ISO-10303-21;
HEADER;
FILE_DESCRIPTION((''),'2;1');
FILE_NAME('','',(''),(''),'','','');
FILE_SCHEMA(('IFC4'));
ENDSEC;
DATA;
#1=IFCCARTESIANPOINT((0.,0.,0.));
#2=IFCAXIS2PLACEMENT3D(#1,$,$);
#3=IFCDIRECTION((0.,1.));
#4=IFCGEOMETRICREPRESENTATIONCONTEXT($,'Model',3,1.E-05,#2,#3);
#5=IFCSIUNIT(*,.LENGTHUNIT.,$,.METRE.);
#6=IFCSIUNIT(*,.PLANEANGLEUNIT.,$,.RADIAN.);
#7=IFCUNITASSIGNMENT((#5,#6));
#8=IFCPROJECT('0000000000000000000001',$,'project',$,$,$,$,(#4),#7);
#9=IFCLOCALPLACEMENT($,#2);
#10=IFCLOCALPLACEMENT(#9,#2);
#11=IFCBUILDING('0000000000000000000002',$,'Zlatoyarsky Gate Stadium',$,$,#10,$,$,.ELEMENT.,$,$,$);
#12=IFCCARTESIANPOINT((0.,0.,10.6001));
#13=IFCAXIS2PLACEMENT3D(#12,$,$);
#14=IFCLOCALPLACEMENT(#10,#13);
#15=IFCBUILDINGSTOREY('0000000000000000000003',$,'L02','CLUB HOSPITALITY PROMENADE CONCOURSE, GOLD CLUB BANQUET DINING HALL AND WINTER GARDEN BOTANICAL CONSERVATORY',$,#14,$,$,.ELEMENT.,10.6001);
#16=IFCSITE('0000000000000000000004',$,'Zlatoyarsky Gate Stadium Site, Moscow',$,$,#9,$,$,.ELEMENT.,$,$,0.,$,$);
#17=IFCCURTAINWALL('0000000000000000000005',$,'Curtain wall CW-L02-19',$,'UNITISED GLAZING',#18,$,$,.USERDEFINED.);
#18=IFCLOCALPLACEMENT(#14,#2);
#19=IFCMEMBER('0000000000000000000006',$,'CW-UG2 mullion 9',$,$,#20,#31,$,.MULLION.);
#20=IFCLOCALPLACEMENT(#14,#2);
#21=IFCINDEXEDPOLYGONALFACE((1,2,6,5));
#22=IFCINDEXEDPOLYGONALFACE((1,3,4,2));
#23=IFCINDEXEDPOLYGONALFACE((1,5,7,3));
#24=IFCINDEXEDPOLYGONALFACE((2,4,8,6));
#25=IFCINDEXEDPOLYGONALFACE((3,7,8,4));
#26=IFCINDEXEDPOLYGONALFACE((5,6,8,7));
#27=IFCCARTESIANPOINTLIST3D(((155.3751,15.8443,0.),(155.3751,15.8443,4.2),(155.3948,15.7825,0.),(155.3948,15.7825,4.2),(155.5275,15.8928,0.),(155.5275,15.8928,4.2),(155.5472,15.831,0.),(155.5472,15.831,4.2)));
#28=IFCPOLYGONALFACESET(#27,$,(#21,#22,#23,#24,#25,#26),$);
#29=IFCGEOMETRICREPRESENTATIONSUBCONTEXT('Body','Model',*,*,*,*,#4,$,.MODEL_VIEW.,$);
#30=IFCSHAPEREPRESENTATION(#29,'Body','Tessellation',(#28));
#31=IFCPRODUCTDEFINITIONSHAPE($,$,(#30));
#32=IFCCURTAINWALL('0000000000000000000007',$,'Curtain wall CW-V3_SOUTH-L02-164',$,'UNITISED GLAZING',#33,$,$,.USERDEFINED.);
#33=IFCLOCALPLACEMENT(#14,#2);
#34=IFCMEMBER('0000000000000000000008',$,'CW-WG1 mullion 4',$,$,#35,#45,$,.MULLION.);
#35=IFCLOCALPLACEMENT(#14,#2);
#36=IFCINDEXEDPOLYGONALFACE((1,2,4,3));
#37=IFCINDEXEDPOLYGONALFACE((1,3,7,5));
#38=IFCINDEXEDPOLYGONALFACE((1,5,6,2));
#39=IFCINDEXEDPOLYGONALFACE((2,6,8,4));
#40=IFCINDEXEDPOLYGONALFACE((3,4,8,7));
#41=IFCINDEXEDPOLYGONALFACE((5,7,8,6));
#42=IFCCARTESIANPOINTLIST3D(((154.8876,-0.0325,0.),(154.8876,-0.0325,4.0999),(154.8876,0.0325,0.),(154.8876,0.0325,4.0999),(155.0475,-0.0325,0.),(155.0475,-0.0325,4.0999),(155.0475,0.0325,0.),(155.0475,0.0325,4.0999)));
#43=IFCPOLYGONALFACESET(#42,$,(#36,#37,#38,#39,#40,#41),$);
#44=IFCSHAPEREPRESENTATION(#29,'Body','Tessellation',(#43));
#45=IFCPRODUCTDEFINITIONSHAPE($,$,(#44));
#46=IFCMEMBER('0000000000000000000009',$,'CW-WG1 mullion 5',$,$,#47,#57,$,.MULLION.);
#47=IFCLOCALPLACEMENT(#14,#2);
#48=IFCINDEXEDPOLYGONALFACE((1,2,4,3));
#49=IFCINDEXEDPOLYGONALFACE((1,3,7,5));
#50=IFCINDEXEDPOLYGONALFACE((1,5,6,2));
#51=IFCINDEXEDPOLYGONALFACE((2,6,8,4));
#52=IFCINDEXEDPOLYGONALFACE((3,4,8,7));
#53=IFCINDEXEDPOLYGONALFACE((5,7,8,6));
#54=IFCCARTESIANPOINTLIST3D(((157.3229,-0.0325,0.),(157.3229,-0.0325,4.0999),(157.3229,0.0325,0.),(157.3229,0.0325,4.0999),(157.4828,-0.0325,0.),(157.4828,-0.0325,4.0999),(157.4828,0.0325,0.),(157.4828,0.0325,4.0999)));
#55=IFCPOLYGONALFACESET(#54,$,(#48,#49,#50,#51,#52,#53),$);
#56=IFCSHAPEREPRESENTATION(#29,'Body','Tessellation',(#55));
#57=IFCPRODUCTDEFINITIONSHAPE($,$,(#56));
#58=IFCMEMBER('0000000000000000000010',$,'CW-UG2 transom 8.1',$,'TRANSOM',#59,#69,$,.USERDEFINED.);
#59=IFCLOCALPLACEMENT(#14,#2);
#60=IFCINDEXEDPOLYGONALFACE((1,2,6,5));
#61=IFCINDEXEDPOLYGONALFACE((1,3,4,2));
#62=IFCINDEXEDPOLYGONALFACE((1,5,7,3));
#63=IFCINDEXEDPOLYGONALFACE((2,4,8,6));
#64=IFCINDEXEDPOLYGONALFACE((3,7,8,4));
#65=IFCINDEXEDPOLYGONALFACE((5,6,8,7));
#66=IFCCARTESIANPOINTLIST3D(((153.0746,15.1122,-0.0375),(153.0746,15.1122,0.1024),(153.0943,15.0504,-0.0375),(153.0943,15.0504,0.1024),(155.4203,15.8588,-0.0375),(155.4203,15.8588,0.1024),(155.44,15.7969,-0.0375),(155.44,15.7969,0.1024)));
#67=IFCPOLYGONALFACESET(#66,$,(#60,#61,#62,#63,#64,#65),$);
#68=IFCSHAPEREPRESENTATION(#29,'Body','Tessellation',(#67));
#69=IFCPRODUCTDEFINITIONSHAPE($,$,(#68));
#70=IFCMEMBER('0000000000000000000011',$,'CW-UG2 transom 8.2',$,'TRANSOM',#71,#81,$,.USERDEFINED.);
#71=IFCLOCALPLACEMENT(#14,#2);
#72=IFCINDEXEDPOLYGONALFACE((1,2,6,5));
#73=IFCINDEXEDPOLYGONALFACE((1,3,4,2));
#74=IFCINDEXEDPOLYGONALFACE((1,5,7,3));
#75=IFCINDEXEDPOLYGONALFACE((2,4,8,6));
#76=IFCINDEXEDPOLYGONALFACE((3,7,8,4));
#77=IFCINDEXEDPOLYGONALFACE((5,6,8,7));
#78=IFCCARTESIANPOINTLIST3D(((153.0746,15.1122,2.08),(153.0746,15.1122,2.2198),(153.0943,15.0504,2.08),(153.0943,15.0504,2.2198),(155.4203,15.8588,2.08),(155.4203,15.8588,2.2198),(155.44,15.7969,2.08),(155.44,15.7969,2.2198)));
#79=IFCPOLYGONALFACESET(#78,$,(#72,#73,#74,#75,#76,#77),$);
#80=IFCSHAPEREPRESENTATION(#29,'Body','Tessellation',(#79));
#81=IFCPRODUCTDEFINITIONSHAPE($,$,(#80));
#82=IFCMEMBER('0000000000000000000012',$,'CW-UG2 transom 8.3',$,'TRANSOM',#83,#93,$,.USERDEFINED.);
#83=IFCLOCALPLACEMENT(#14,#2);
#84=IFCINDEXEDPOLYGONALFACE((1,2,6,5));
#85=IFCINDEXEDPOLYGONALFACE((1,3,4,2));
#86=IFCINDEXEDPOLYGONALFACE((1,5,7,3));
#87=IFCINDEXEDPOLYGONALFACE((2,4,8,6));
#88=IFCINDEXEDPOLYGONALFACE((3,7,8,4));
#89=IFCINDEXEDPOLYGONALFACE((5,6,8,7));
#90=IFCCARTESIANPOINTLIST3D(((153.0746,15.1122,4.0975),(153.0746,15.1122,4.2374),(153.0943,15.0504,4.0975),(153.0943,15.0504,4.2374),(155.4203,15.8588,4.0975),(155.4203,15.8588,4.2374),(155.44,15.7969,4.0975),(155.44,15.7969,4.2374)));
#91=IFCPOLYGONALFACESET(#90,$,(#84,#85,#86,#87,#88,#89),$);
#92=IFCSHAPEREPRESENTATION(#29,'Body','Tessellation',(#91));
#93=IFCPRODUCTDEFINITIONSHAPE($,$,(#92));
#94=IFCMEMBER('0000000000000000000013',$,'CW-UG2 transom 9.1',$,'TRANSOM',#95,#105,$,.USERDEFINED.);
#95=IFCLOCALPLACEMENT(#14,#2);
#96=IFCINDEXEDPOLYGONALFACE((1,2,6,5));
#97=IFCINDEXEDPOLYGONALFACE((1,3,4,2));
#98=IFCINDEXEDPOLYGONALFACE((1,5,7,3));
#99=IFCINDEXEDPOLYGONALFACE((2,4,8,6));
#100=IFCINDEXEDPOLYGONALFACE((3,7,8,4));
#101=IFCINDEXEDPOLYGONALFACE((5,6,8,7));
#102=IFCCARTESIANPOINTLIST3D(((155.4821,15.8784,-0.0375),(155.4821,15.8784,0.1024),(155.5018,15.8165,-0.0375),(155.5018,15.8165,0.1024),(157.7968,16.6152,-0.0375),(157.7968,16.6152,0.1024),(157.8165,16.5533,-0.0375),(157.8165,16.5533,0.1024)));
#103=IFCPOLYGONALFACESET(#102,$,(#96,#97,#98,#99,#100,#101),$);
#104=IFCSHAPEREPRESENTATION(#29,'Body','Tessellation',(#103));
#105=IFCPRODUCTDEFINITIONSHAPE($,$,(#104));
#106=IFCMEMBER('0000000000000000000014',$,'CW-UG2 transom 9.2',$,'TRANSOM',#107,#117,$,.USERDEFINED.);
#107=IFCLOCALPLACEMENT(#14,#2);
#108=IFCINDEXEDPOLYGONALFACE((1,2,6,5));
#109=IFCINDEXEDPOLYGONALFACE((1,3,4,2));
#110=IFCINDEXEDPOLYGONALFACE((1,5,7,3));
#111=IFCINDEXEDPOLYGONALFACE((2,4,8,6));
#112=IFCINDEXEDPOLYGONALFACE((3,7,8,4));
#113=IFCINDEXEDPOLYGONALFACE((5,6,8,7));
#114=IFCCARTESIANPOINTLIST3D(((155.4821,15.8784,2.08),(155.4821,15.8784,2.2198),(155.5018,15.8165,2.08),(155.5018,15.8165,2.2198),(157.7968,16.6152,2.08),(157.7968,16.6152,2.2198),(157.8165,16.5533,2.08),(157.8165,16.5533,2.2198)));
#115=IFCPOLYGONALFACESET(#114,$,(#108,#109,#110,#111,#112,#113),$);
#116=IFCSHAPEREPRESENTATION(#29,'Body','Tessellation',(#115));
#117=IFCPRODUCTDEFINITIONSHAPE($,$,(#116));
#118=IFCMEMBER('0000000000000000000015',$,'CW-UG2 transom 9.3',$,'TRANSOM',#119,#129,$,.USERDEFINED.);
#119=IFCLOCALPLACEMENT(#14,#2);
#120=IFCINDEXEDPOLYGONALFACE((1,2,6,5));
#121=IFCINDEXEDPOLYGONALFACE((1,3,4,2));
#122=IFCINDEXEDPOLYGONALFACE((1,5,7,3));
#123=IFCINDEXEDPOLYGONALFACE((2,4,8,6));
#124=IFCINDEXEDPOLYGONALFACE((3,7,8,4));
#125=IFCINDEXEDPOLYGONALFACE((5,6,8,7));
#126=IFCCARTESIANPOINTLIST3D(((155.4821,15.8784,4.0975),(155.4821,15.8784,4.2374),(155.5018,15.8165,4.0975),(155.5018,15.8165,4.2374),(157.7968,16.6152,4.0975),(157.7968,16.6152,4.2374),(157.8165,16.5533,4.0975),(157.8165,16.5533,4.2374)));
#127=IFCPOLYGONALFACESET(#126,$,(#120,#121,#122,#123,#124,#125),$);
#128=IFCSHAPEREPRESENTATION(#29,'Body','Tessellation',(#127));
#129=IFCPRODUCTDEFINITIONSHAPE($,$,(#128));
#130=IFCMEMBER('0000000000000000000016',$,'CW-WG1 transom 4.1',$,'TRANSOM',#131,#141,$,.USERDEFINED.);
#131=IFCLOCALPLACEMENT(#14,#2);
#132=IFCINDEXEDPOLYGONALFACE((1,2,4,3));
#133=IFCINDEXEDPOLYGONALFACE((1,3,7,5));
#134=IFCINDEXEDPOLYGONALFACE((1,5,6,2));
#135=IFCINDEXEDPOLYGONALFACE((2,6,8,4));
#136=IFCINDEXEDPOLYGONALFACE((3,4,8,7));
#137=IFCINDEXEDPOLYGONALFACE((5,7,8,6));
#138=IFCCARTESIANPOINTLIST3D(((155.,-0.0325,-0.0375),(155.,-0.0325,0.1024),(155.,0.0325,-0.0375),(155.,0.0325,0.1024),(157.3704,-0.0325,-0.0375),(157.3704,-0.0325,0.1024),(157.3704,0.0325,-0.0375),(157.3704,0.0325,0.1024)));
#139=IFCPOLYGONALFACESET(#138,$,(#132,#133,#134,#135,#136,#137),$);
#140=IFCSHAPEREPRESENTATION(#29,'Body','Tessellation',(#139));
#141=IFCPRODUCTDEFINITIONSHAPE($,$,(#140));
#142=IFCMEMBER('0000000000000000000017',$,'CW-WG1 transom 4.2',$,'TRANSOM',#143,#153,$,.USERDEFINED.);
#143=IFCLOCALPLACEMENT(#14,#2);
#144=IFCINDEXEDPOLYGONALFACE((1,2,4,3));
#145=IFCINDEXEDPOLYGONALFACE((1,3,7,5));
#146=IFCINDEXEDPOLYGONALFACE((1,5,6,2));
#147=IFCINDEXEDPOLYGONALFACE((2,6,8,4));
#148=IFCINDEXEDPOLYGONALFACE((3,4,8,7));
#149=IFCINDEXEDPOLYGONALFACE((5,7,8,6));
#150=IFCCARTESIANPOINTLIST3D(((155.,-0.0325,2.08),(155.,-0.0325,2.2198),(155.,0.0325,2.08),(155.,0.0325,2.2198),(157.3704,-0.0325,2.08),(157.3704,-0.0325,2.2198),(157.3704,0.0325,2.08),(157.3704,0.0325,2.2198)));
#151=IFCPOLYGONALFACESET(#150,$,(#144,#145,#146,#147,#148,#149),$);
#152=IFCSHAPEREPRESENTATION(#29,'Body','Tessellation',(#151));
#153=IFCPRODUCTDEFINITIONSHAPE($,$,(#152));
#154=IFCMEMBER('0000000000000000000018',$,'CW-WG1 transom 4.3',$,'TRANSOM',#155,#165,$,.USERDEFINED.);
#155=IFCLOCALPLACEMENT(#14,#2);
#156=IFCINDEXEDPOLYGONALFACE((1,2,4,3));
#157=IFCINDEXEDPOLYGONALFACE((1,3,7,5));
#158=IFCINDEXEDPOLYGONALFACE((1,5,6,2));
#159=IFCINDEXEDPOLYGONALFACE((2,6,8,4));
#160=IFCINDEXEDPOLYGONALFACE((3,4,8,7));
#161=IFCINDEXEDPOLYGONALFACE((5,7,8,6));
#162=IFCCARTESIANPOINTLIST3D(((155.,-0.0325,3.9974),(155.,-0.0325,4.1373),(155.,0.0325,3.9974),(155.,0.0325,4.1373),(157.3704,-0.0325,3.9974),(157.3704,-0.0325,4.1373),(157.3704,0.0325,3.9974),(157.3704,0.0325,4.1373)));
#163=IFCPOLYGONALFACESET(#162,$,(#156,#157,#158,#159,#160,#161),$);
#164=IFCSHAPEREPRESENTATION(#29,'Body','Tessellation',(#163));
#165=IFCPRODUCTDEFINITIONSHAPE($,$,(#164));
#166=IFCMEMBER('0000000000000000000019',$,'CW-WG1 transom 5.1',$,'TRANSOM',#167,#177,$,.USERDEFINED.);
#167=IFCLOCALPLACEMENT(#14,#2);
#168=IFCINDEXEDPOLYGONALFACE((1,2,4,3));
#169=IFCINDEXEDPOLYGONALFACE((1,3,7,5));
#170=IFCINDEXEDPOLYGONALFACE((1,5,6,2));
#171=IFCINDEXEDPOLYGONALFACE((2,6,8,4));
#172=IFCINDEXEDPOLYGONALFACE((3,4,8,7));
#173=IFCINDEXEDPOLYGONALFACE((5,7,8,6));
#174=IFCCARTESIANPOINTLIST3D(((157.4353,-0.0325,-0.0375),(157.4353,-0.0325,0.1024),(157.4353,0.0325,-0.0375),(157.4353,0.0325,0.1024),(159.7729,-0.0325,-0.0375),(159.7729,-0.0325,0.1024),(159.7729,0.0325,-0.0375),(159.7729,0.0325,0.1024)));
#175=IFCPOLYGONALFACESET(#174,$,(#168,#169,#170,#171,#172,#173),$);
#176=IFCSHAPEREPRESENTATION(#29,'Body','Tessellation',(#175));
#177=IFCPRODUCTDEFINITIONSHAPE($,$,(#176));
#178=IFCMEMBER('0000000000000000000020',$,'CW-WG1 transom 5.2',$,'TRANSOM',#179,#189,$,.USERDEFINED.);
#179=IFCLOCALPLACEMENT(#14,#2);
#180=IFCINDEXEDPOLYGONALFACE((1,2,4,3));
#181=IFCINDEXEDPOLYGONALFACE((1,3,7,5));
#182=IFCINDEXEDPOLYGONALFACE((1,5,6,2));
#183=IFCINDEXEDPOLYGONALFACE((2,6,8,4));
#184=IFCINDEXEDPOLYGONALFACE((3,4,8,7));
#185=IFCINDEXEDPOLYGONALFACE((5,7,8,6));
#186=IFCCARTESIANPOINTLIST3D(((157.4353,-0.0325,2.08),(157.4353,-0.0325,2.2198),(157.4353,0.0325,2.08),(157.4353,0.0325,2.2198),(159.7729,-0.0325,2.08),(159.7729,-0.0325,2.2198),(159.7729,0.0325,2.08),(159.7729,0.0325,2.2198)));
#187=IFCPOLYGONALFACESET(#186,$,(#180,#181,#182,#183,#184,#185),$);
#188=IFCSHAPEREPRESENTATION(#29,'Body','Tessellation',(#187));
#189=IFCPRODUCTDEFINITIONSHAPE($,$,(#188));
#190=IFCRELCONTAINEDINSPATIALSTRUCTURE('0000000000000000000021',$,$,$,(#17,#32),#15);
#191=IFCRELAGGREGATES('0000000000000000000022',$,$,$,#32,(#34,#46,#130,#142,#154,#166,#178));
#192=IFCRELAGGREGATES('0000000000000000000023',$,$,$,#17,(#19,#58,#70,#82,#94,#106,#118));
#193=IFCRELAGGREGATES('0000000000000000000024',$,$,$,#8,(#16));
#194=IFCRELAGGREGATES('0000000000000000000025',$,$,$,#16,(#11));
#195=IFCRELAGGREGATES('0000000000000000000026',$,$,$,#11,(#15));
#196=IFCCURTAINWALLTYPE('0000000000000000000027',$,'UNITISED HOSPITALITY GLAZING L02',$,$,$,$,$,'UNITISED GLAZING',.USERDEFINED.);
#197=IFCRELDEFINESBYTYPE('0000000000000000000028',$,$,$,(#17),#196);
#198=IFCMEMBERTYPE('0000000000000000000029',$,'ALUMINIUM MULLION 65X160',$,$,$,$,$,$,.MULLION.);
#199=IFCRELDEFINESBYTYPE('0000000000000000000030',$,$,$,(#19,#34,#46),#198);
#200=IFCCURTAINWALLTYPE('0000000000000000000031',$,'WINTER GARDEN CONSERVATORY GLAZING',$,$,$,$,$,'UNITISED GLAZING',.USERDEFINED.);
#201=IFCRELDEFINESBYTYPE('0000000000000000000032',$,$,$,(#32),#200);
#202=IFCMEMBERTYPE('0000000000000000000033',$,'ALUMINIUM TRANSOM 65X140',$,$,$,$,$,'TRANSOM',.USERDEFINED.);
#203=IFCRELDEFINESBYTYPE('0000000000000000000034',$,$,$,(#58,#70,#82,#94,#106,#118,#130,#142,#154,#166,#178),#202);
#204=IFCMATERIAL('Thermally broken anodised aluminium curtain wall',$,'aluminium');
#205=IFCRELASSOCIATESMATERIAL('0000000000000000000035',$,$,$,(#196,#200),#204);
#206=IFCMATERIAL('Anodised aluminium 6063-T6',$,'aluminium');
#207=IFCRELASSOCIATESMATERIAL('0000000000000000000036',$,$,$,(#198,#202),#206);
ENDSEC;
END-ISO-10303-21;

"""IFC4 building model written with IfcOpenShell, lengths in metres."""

from ifc_helpers import new_model, si_unit, direction, frame, origin, origin_2d, place, context, subcontext, project, spatial, rectangle, extrude, material, material_profile, profile_set, type_object, element, aggregate, save


model = new_model("IFC4")

# Units and contexts
model_context = context("Model", 3, precision=1e-05, world=origin(), true_north=direction((0.0, 1.0)))
body_context = subcontext(model_context, "Body", "Model", "MODEL_VIEW")
ifc_project = project(units=[si_unit("LENGTHUNIT", "METRE"), si_unit("PLANEANGLEUNIT", "RADIAN")], contexts=[model_context])

# Site, building, storey
site_placement = place(None, origin())
site = spatial("IfcSite", under=ifc_project, at=site_placement, Name="Zlatoyarsky Gate Stadium Site, Moscow", CompositionType="ELEMENT", RefElevation=0.0)
building_placement = place(site_placement, origin())
building = spatial("IfcBuilding", under=site, at=building_placement, Name="Zlatoyarsky Gate Stadium", CompositionType="ELEMENT")
storey_placement = place(building_placement, frame((0.0, 0.0, 10.6001)))
storey = spatial("IfcBuildingStorey", under=building, at=storey_placement, Name="L02", Description="CLUB HOSPITALITY PROMENADE CONCOURSE, GOLD CLUB BANQUET DINING HALL AND WINTER GARDEN BOTANICAL CONSERVATORY", CompositionType="ELEMENT", Elevation=10.6001)

# Curtain wall, member
ifc_material_1 = material(Name="Thermally broken anodised aluminium curtain wall", Category="aluminium")
curtain_wall_type_1 = type_object("IfcCurtainWallType", Name="UNITISED HOSPITALITY GLAZING L02", ElementType="UNITISED GLAZING", PredefinedType="USERDEFINED", material=ifc_material_1)
curtain_wall_1_placement = place(storey_placement, origin())
curtain_wall_1 = element("IfcCurtainWall", 1, at=curtain_wall_1_placement, inside=storey, type_object=curtain_wall_type_1, Name="Curtain wall CW-L02-19", ObjectType="UNITISED GLAZING", PredefinedType="USERDEFINED")
ifc_material_2 = material(Name="Anodised aluminium 6063-T6", Category="aluminium")
ifc_material_profile_1 = material_profile(ifc_material_2, rectangle(XDim=0.0649, YDim=0.1599, at=origin_2d()), Name="ALU 65X160")
ifc_profile_set_1 = profile_set([ifc_material_profile_1], Name="Anodised aluminium 6063-T6")
member_type_1 = type_object("IfcMemberType", Name="ALUMINIUM MULLION 65X160", PredefinedType="MULLION", material=ifc_profile_set_1)
member_1_placement = place(storey_placement, frame((155.4612, 15.8376, 0.0), z_axis=(0.0, 0.0, 1.0), x_axis=(-0.303278, 0.952902, 0.0)))
member_1 = element("IfcMember", 2, at=member_1_placement, type_object=member_type_1, Name="CW-UG2 mullion 9", PredefinedType="MULLION", context=body_context, shape_type="SweptSolid", body=[
    extrude(rectangle(XDim=0.0649, YDim=0.1599, at=origin_2d()), origin(), (0.0, 0.0, 1.0), 4.2),
])

# Curtain wall, members
curtain_wall_type_2 = type_object("IfcCurtainWallType", Name="WINTER GARDEN CONSERVATORY GLAZING", ElementType="UNITISED GLAZING", PredefinedType="USERDEFINED", material=ifc_material_1)
curtain_wall_2_placement = place(storey_placement, origin())
curtain_wall_2 = element("IfcCurtainWall", 3, at=curtain_wall_2_placement, inside=storey, type_object=curtain_wall_type_2, Name="Curtain wall CW-V3_SOUTH-L02-164", ObjectType="UNITISED GLAZING", PredefinedType="USERDEFINED")
member_2_placement = place(storey_placement, frame((154.9675, 0.0, 0.0), z_axis=(0.0, 0.0, 1.0), x_axis=(0.0, 1.0, 0.0)))
member_2 = element("IfcMember", 4, at=member_2_placement, type_object=member_type_1, Name="CW-WG1 mullion 4", PredefinedType="MULLION", context=body_context, shape_type="SweptSolid", body=[
    extrude(rectangle(XDim=0.0649, YDim=0.1599, at=origin_2d()), origin(), (0.0, 0.0, 1.0), 4.0999),
])
member_3_placement = place(storey_placement, frame((157.4028, 0.0, 0.0), z_axis=(0.0, 0.0, 1.0), x_axis=(0.0, 1.0, 0.0)))
member_3 = element("IfcMember", 5, at=member_3_placement, type_object=member_type_1, Name="CW-WG1 mullion 5", PredefinedType="MULLION", context=body_context, shape_type="SweptSolid", body=[
    extrude(rectangle(XDim=0.0649, YDim=0.1599, at=origin_2d()), origin(), (0.0, 0.0, 1.0), 4.0999),
])

# Members
ifc_material_profile_2 = material_profile(ifc_material_2, rectangle(XDim=0.0649, YDim=0.1399, at=origin_2d()), Name="ALU 65X140")
ifc_profile_set_2 = profile_set([ifc_material_profile_2], Name="Anodised aluminium 6063-T6")
member_type_2 = type_object("IfcMemberType", Name="ALUMINIUM TRANSOM 65X140", ElementType="TRANSOM", PredefinedType="USERDEFINED", material=ifc_profile_set_2)
member_4_placement = place(storey_placement, frame((153.0845, 15.0813, 0.0325), z_axis=(0.9529, 0.303286, 0.0), x_axis=(-0.303286, 0.9529, 0.0)))
member_4 = element("IfcMember", 6, at=member_4_placement, type_object=member_type_2, Name="CW-UG2 transom 8.1", ObjectType="TRANSOM", PredefinedType="USERDEFINED", context=body_context, shape_type="SweptSolid", body=[
    extrude(rectangle(XDim=0.0649, YDim=0.1399, at=origin_2d()), origin(), (0.0, 0.0, 1.0), 2.4617),
])
member_5_placement = place(storey_placement, frame((153.0845, 15.0813, 2.1499), z_axis=(0.9529, 0.303286, 0.0), x_axis=(-0.303286, 0.9529, 0.0)))
member_5 = element("IfcMember", 7, at=member_5_placement, type_object=member_type_2, Name="CW-UG2 transom 8.2", ObjectType="TRANSOM", PredefinedType="USERDEFINED", context=body_context, shape_type="SweptSolid", body=[
    extrude(rectangle(XDim=0.0649, YDim=0.1399, at=origin_2d()), origin(), (0.0, 0.0, 1.0), 2.4617),
])
member_6_placement = place(storey_placement, frame((153.0845, 15.0813, 4.1675), z_axis=(0.9529, 0.303286, 0.0), x_axis=(-0.303286, 0.9529, 0.0)))
member_6 = element("IfcMember", 8, at=member_6_placement, type_object=member_type_2, Name="CW-UG2 transom 8.3", ObjectType="TRANSOM", PredefinedType="USERDEFINED", context=body_context, shape_type="SweptSolid", body=[
    extrude(rectangle(XDim=0.0649, YDim=0.1399, at=origin_2d()), origin(), (0.0, 0.0, 1.0), 2.4617),
])
member_7_placement = place(storey_placement, frame((155.4919, 15.8474, 0.0325), z_axis=(0.952887, 0.303324, 0.0), x_axis=(-0.303324, 0.952887, 0.0)))
member_7 = element("IfcMember", 9, at=member_7_placement, type_object=member_type_2, Name="CW-UG2 transom 9.1", ObjectType="TRANSOM", PredefinedType="USERDEFINED", context=body_context, shape_type="SweptSolid", body=[
    extrude(rectangle(XDim=0.0649, YDim=0.1399, at=origin_2d()), origin(), (0.0, 0.0, 1.0), 2.4292),
])
member_8_placement = place(storey_placement, frame((155.4919, 15.8474, 2.1499), z_axis=(0.952887, 0.303324, 0.0), x_axis=(-0.303324, 0.952887, 0.0)))
member_8 = element("IfcMember", 10, at=member_8_placement, type_object=member_type_2, Name="CW-UG2 transom 9.2", ObjectType="TRANSOM", PredefinedType="USERDEFINED", context=body_context, shape_type="SweptSolid", body=[
    extrude(rectangle(XDim=0.0649, YDim=0.1399, at=origin_2d()), origin(), (0.0, 0.0, 1.0), 2.4292),
])
member_9_placement = place(storey_placement, frame((155.4919, 15.8474, 4.1675), z_axis=(0.952887, 0.303324, 0.0), x_axis=(-0.303324, 0.952887, 0.0)))
member_9 = element("IfcMember", 11, at=member_9_placement, type_object=member_type_2, Name="CW-UG2 transom 9.3", ObjectType="TRANSOM", PredefinedType="USERDEFINED", context=body_context, shape_type="SweptSolid", body=[
    extrude(rectangle(XDim=0.0649, YDim=0.1399, at=origin_2d()), origin(), (0.0, 0.0, 1.0), 2.4292),
])
member_10_placement = place(storey_placement, frame((155.0, 0.0, 0.0325), z_axis=(1.0, 0.0, 0.0), x_axis=(0.0, 1.0, 0.0)))
member_10 = element("IfcMember", 12, at=member_10_placement, type_object=member_type_2, Name="CW-WG1 transom 4.1", ObjectType="TRANSOM", PredefinedType="USERDEFINED", context=body_context, shape_type="SweptSolid", body=[
    extrude(rectangle(XDim=0.0649, YDim=0.1399, at=origin_2d()), origin(), (0.0, 0.0, 1.0), 2.3704),
])
member_11_placement = place(storey_placement, frame((155.0, 0.0, 2.1499), z_axis=(1.0, 0.0, 0.0), x_axis=(0.0, 1.0, 0.0)))
member_11 = element("IfcMember", 13, at=member_11_placement, type_object=member_type_2, Name="CW-WG1 transom 4.2", ObjectType="TRANSOM", PredefinedType="USERDEFINED", context=body_context, shape_type="SweptSolid", body=[
    extrude(rectangle(XDim=0.0649, YDim=0.1399, at=origin_2d()), origin(), (0.0, 0.0, 1.0), 2.3704),
])
member_12_placement = place(storey_placement, frame((155.0, 0.0, 4.0674), z_axis=(1.0, 0.0, 0.0), x_axis=(0.0, 1.0, 0.0)))
member_12 = element("IfcMember", 14, at=member_12_placement, type_object=member_type_2, Name="CW-WG1 transom 4.3", ObjectType="TRANSOM", PredefinedType="USERDEFINED", context=body_context, shape_type="SweptSolid", body=[
    extrude(rectangle(XDim=0.0649, YDim=0.1399, at=origin_2d()), origin(), (0.0, 0.0, 1.0), 2.3704),
])
member_13_placement = place(storey_placement, frame((157.4353, 0.0, 0.0325), z_axis=(1.0, 0.0, 0.0), x_axis=(0.0, 1.0, 0.0)))
member_13 = element("IfcMember", 15, at=member_13_placement, type_object=member_type_2, Name="CW-WG1 transom 5.1", ObjectType="TRANSOM", PredefinedType="USERDEFINED", context=body_context, shape_type="SweptSolid", body=[
    extrude(rectangle(XDim=0.0649, YDim=0.1399, at=origin_2d()), origin(), (0.0, 0.0, 1.0), 2.3376),
])
member_14_placement = place(storey_placement, frame((157.4353, 0.0, 2.1499), z_axis=(1.0, 0.0, 0.0), x_axis=(0.0, 1.0, 0.0)))
member_14 = element("IfcMember", 16, at=member_14_placement, type_object=member_type_2, Name="CW-WG1 transom 5.2", ObjectType="TRANSOM", PredefinedType="USERDEFINED", context=body_context, shape_type="SweptSolid", body=[
    extrude(rectangle(XDim=0.0649, YDim=0.1399, at=origin_2d()), origin(), (0.0, 0.0, 1.0), 2.3376),
])

aggregate(curtain_wall_2, [member_2, member_3, member_10, member_11, member_12, member_13, member_14])
aggregate(curtain_wall_1, [member_1, member_4, member_5, member_6, member_7, member_8, member_9])

save(model, "model.ifc")
